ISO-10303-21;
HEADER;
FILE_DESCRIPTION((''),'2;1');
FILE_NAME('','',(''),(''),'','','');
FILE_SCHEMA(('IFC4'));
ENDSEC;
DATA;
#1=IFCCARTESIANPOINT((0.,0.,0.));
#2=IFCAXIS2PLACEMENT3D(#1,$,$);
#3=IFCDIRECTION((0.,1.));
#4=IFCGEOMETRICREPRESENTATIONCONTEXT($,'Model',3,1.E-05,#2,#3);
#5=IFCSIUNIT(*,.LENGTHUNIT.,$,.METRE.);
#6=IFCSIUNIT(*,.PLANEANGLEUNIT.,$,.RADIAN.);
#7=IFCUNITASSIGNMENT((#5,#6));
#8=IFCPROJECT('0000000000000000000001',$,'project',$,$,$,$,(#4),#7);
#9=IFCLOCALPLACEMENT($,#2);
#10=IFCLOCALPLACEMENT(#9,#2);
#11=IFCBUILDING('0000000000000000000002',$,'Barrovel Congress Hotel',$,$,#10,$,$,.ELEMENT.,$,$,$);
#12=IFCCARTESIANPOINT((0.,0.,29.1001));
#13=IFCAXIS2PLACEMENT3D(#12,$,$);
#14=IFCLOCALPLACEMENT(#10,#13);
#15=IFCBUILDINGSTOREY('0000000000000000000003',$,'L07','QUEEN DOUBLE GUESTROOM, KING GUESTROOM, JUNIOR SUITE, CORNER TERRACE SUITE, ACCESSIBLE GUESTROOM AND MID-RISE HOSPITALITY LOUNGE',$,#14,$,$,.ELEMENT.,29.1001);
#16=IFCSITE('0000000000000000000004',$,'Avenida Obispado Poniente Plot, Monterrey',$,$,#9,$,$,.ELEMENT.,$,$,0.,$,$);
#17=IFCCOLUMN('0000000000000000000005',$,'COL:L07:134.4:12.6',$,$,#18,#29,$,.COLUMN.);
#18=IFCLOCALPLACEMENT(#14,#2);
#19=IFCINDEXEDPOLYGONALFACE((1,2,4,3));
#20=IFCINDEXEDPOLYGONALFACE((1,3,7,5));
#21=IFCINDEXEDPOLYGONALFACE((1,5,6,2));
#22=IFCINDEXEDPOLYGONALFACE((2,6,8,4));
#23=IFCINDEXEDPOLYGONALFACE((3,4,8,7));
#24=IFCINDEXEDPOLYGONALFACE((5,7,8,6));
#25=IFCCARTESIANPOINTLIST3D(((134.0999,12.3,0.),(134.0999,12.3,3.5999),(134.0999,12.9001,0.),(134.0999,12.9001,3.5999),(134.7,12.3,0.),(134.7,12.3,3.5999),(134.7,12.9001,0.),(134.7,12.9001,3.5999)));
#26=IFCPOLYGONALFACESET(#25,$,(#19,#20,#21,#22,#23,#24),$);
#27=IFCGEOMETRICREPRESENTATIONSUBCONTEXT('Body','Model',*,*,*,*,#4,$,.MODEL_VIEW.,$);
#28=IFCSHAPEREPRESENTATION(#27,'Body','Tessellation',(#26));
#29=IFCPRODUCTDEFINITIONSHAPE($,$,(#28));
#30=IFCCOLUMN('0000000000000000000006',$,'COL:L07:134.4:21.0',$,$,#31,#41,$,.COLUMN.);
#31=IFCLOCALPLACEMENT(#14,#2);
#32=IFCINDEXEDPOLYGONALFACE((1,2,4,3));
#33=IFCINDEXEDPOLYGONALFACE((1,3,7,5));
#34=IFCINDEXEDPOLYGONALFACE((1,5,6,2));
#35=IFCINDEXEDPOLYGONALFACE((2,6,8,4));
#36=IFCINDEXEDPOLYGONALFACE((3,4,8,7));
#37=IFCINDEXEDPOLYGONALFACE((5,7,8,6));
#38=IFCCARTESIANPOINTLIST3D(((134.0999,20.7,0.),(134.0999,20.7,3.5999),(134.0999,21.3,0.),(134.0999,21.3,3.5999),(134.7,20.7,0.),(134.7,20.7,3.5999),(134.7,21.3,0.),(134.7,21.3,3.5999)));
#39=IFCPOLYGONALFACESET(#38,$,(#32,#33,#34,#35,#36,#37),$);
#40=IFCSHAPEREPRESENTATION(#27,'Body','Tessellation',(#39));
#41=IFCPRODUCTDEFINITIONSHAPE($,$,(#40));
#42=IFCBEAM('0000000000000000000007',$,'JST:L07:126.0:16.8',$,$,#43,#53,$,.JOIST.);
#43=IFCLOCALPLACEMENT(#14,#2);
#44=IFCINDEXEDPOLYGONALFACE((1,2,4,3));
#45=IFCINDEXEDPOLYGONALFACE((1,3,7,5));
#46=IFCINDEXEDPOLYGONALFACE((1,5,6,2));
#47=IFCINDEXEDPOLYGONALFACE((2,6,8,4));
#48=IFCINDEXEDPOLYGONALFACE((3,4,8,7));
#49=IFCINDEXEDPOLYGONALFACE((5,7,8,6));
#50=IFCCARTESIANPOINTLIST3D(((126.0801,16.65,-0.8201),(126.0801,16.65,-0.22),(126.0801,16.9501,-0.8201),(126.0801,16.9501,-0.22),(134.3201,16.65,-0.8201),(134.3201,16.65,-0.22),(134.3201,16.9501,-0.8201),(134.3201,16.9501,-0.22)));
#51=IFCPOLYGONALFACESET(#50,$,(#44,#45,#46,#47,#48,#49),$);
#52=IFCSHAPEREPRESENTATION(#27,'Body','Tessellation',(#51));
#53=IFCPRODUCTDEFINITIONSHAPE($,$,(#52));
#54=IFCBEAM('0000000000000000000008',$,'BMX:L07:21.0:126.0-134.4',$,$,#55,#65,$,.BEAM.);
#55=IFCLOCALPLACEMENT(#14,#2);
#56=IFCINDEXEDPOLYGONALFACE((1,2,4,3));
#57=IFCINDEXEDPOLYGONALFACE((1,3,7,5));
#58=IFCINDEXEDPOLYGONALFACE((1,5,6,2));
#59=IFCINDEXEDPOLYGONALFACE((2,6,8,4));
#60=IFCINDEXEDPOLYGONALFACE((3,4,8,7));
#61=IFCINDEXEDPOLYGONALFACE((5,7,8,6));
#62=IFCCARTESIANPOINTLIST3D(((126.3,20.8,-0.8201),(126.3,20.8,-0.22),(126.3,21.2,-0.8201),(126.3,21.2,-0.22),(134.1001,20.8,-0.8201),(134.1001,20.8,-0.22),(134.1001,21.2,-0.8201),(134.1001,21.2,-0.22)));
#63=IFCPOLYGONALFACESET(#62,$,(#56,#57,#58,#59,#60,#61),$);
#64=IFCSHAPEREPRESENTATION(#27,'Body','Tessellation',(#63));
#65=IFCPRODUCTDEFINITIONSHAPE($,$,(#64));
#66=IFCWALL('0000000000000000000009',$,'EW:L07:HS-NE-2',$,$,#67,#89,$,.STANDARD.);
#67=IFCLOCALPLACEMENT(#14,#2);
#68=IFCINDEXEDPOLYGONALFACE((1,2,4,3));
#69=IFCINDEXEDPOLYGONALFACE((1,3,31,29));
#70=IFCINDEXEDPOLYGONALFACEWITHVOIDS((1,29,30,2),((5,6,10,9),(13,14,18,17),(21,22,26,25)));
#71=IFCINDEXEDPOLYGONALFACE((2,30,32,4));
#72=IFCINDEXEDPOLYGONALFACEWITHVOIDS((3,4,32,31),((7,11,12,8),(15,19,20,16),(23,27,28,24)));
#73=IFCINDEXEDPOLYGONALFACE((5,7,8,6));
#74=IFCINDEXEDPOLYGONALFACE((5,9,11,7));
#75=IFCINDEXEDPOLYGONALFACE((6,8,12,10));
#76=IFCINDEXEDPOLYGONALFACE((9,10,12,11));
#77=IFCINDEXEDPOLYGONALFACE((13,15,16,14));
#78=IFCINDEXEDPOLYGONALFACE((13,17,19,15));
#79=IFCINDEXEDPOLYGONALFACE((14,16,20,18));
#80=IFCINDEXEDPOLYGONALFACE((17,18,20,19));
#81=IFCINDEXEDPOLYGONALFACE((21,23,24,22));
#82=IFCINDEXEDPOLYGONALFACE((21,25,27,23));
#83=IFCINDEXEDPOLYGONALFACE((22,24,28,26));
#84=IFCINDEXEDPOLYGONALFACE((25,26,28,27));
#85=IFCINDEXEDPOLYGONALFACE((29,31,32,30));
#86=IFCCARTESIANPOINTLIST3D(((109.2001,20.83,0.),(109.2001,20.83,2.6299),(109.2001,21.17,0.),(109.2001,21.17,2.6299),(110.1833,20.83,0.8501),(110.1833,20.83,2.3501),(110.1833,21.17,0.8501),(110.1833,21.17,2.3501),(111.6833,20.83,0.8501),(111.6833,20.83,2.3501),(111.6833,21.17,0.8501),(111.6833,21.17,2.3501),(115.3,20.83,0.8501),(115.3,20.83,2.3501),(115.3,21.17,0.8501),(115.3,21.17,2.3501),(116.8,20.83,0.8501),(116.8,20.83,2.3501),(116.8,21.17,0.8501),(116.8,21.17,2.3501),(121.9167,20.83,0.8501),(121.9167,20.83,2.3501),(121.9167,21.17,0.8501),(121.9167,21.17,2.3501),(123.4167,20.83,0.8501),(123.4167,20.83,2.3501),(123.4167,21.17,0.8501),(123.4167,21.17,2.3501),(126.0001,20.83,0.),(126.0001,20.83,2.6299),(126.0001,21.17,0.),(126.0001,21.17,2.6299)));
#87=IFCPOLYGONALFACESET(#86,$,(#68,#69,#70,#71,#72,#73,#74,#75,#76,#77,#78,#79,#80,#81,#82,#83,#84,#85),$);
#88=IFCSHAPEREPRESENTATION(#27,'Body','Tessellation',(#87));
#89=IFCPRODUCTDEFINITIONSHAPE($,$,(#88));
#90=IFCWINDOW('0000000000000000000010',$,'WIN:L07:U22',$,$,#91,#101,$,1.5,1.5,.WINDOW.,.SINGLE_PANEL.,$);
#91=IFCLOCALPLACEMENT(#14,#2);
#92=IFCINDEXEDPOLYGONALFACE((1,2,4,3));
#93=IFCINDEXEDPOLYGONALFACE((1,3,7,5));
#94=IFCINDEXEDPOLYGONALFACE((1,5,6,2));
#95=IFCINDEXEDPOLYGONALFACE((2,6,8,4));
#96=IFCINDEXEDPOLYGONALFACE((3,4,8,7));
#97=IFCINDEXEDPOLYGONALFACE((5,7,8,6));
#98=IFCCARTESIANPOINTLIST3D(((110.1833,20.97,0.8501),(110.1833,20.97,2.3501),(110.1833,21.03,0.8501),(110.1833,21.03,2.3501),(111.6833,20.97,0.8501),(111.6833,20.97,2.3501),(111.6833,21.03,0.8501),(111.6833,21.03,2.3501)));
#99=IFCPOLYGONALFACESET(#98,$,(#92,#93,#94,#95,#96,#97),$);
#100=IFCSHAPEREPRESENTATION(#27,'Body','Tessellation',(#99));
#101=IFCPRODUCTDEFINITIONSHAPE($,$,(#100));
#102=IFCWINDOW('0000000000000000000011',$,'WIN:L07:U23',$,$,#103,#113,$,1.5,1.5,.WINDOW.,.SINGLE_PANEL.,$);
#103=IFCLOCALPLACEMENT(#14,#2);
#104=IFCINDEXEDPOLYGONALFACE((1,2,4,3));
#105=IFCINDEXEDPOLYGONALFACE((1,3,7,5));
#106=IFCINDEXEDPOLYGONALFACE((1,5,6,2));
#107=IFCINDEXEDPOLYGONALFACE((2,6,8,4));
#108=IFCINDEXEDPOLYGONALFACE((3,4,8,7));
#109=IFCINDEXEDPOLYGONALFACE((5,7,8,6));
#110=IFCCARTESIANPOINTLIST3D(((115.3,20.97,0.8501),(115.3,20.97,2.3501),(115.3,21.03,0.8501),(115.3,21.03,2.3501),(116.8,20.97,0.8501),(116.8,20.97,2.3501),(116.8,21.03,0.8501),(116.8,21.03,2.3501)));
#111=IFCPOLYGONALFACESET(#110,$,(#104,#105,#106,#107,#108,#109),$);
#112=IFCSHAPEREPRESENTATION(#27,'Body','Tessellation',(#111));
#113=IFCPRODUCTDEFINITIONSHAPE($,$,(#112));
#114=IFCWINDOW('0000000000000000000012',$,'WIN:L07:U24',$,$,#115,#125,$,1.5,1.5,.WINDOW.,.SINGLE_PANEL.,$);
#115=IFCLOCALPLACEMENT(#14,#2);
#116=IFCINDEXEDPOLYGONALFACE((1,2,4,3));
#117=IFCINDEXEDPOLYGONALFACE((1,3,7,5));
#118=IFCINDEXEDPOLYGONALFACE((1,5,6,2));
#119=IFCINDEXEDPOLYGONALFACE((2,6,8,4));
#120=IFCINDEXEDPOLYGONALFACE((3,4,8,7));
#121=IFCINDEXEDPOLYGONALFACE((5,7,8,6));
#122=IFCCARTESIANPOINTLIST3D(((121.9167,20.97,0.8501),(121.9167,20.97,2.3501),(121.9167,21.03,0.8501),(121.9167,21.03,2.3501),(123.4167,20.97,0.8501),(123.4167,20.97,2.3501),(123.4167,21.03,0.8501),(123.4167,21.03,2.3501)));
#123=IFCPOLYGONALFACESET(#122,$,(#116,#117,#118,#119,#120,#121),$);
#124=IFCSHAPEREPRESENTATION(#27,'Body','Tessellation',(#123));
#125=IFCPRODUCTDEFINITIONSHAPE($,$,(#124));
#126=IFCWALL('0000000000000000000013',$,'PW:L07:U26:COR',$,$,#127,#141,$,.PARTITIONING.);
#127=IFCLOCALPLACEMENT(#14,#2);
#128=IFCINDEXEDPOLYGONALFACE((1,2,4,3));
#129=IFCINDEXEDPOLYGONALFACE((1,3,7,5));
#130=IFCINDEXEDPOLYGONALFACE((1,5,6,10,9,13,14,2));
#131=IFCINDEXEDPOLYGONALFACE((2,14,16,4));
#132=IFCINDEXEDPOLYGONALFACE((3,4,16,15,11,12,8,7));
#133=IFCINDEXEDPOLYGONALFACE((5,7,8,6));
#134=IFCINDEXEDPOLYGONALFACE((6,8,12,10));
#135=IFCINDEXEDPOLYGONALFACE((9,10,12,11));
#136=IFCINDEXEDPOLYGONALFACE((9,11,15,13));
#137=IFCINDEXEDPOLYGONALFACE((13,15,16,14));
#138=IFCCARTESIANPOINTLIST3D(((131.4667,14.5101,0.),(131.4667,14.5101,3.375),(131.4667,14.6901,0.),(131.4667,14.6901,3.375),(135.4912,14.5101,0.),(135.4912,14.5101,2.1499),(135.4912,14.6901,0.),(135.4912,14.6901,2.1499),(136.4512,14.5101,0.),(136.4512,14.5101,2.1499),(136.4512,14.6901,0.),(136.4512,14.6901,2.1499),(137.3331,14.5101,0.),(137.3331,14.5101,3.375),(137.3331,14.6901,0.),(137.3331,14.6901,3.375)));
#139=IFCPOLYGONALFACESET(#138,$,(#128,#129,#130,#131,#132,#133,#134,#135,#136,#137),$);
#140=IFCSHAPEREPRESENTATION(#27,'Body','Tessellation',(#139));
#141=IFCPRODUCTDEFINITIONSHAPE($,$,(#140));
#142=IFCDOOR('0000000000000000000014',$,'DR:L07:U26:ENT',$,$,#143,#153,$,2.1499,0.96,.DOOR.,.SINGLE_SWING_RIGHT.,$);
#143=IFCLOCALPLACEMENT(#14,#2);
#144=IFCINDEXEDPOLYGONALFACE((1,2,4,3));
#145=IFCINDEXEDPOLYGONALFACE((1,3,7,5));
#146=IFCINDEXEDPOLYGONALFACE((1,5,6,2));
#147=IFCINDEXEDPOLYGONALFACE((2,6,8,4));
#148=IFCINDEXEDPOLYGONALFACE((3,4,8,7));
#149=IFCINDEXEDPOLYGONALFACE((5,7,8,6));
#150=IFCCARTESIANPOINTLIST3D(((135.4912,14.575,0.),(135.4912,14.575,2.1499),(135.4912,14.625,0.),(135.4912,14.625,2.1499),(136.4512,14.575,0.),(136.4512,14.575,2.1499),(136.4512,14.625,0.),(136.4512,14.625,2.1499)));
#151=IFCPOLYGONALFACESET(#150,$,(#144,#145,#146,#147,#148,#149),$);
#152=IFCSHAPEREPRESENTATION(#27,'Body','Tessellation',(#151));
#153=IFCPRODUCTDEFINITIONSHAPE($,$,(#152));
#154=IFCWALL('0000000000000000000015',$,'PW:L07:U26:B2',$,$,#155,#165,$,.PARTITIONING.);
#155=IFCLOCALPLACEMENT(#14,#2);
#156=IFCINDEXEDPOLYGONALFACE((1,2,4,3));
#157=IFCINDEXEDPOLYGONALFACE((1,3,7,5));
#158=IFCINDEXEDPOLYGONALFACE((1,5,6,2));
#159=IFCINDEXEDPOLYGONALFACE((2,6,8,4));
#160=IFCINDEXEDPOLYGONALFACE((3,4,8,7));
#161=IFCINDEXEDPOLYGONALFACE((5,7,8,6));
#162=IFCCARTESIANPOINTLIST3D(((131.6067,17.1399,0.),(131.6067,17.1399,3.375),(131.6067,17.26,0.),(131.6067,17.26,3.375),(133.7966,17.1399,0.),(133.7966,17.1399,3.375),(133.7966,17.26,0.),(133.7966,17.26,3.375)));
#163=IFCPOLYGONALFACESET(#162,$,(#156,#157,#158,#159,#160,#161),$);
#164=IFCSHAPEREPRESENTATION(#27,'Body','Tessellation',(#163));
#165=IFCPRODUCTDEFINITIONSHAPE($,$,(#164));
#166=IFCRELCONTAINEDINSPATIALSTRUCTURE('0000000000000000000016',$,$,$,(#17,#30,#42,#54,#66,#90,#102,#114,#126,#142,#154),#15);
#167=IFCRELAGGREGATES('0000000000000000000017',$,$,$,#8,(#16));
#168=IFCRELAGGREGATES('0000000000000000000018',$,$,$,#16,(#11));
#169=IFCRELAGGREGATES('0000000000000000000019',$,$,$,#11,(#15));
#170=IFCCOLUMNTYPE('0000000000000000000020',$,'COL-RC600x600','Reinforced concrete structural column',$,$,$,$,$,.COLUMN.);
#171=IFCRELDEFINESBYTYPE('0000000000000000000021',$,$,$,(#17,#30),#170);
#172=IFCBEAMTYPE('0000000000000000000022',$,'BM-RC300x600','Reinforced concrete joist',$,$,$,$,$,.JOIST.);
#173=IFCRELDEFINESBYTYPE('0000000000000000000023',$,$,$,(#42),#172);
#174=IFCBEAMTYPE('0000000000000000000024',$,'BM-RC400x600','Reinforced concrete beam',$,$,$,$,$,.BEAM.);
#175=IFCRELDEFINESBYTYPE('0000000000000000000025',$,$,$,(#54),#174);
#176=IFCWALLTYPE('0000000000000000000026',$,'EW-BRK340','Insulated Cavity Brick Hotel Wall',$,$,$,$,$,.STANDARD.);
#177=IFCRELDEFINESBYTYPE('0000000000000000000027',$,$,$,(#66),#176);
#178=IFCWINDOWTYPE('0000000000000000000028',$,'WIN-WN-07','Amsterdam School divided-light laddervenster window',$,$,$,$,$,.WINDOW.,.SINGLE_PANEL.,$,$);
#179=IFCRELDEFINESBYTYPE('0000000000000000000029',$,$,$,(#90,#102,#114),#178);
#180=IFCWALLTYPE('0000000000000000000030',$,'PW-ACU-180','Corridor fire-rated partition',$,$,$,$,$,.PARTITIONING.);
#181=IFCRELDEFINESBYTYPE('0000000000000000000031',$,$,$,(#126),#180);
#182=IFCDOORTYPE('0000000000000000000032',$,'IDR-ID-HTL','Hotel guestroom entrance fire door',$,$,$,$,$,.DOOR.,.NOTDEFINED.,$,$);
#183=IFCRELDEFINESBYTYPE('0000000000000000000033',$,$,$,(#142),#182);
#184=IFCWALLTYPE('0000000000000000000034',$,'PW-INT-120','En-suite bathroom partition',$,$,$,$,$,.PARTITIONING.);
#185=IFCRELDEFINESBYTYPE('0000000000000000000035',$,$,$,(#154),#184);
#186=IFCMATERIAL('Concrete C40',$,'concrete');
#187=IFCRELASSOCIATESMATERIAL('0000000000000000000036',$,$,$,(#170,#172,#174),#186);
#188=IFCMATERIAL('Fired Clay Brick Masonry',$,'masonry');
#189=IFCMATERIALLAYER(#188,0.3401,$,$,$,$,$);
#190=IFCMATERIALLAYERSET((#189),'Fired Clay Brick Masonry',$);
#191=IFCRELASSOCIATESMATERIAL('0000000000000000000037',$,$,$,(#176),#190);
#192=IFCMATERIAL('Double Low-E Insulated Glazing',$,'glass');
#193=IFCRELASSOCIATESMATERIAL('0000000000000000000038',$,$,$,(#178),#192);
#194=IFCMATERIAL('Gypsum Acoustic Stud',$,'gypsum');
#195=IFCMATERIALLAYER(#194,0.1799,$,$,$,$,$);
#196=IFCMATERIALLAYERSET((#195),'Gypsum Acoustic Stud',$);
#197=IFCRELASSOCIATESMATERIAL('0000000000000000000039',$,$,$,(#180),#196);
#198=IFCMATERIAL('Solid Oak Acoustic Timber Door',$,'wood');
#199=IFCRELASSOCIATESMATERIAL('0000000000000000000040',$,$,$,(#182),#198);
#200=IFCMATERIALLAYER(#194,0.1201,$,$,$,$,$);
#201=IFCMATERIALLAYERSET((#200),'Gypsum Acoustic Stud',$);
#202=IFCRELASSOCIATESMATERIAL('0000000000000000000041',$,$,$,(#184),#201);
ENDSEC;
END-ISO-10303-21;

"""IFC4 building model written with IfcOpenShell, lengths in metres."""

from ifc_helpers import new_model, si_unit, direction, frame, frame_2d, origin, origin_2d, place, context, subcontext, project, spatial, rectangle, extrude, material, layer, layer_set, material_profile, profile_set, type_object, element, fill, save


model = new_model("IFC4")

# Units and contexts
model_context = context("Model", 3, precision=1e-05, world=origin(), true_north=direction((0.0, 1.0)))
body_context = subcontext(model_context, "Body", "Model", "MODEL_VIEW")
ifc_project = project(units=[si_unit("LENGTHUNIT", "METRE"), si_unit("PLANEANGLEUNIT", "RADIAN")], contexts=[model_context])

# Site, building, storey
site_placement = place(None, origin())
site = spatial("IfcSite", under=ifc_project, at=site_placement, Name="Avenida Obispado Poniente Plot, Monterrey", CompositionType="ELEMENT", RefElevation=0.0)
building_placement = place(site_placement, origin())
building = spatial("IfcBuilding", under=site, at=building_placement, Name="Barrovel Congress Hotel", CompositionType="ELEMENT")
storey_placement = place(building_placement, frame((0.0, 0.0, 29.1001)))
storey = spatial("IfcBuildingStorey", under=building, at=storey_placement, Name="L07", Description="QUEEN DOUBLE GUESTROOM, KING GUESTROOM, JUNIOR SUITE, CORNER TERRACE SUITE, ACCESSIBLE GUESTROOM AND MID-RISE HOSPITALITY LOUNGE", CompositionType="ELEMENT", Elevation=29.1001)

# Columns
ifc_material_1 = material(Name="Concrete C40", Category="concrete")
ifc_material_profile_1 = material_profile(ifc_material_1, rectangle(XDim=0.6001, YDim=0.6001, at=origin_2d()), Name="RC600x600")
ifc_profile_set_1 = profile_set([ifc_material_profile_1], Name="Concrete C40")
column_type = type_object("IfcColumnType", Name="COL-RC600x600", Description="Reinforced concrete structural column", PredefinedType="COLUMN", material=ifc_profile_set_1)
for number, where, z_axis, x_axis, name in (
    (1, (134.3999, 12.6001, 0.0), (0.0, 0.0, 1.0), (1.0, 0.0, 0.0), "COL:L07:134.4:12.6"),
    (2, (134.3999, 21.0, 0.0), (0.0, 0.0, 1.0), (1.0, 0.0, 0.0), "COL:L07:134.4:21.0"),
):
    element("IfcColumn", number, at=place(storey_placement, frame(where, z_axis=z_axis, x_axis=x_axis)), inside=storey, type_object=column_type, Name=name, PredefinedType="COLUMN", context=body_context, shape_type="SweptSolid", body=[
        extrude(rectangle(XDim=0.6001, YDim=0.6001, at=origin_2d()), origin(), (0.0, 0.0, 1.0), 3.5999),
    ])

# Beams
ifc_material_profile_2 = material_profile(ifc_material_1, rectangle(XDim=0.3, YDim=0.6001, at=origin_2d()), Name="RC300x600")
ifc_profile_set_2 = profile_set([ifc_material_profile_2], Name="Concrete C40")
beam_type_1 = type_object("IfcBeamType", Name="BM-RC300x600", Description="Reinforced concrete joist", PredefinedType="JOIST", material=ifc_profile_set_2)
beam_1_placement = place(storey_placement, frame((126.0801, 16.8, -0.52), z_axis=(1.0, 0.0, 0.0), x_axis=(0.0, 1.0, 0.0)))
element("IfcBeam", 3, at=beam_1_placement, inside=storey, type_object=beam_type_1, Name="JST:L07:126.0:16.8", PredefinedType="JOIST", context=body_context, shape_type="SweptSolid", body=[
    extrude(rectangle(XDim=0.3, YDim=0.6001, at=origin_2d()), origin(), (0.0, 0.0, 1.0), 8.24),
])
ifc_material_profile_3 = material_profile(ifc_material_1, rectangle(XDim=0.3999, YDim=0.6001, at=origin_2d()), Name="RC400x600")
ifc_profile_set_3 = profile_set([ifc_material_profile_3], Name="Concrete C40")
beam_type_2 = type_object("IfcBeamType", Name="BM-RC400x600", Description="Reinforced concrete beam", PredefinedType="BEAM", material=ifc_profile_set_3)
beam_2_placement = place(storey_placement, frame((126.3, 21.0, -0.52), z_axis=(1.0, 0.0, 0.0), x_axis=(0.0, 1.0, 0.0)))
element("IfcBeam", 4, at=beam_2_placement, inside=storey, type_object=beam_type_2, Name="BMX:L07:21.0:126.0-134.4", PredefinedType="BEAM", context=body_context, shape_type="SweptSolid", body=[
    extrude(rectangle(XDim=0.3999, YDim=0.6001, at=origin_2d()), origin(), (0.0, 0.0, 1.0), 7.8),
])

# Wall, openings, windows
ifc_material_2 = material(Name="Fired Clay Brick Masonry", Category="masonry")
ifc_layer_1 = layer(ifc_material_2, 0.3401)
ifc_layer_set_1 = layer_set([ifc_layer_1], Name="Fired Clay Brick Masonry")
wall_type_1 = type_object("IfcWallType", Name="EW-BRK340", Description="Insulated Cavity Brick Hotel Wall", PredefinedType="STANDARD", material=ifc_layer_set_1)
wall_1_placement = place(storey_placement, frame((126.0, 21.0, 0.0), z_axis=(0.0, 0.0, 1.0), x_axis=(-1.0, 0.0, 0.0)))
wall_1 = element("IfcWall", 5, at=wall_1_placement, inside=storey, type_object=wall_type_1, Name="EW:L07:HS-NE-2", PredefinedType="STANDARD", context=body_context, shape_type="SweptSolid", body=[
    extrude(rectangle(XDim=16.8, YDim=0.3401, at=frame_2d((8.3999, 0.0))), origin(), (0.0, 0.0, 1.0), 2.6299),
])
opening_1_placement = place(wall_1_placement, frame((14.3167, 0.0, 0.8501)))
opening_1 = element("IfcOpeningElement", 6, at=opening_1_placement, cuts=wall_1, PredefinedType="OPENING", context=body_context, shape_type="SweptSolid", body=[
    extrude(rectangle(XDim=1.5, YDim=1.5, at=frame_2d((0.75, 0.75))), frame((0.0, 0.1802, 0.0), z_axis=(0.0, -1.0, 0.0), x_axis=(1.0, 0.0, 0.0)), (0.0, 0.0, 1.0), 0.3601),
])
opening_2_placement = place(wall_1_placement, frame((9.2, 0.0, 0.8501)))
opening_2 = element("IfcOpeningElement", 7, at=opening_2_placement, cuts=wall_1, PredefinedType="OPENING", context=body_context, shape_type="SweptSolid", body=[
    extrude(rectangle(XDim=1.5, YDim=1.5, at=frame_2d((0.75, 0.75))), frame((0.0, 0.1802, 0.0), z_axis=(0.0, -1.0, 0.0), x_axis=(1.0, 0.0, 0.0)), (0.0, 0.0, 1.0), 0.3601),
])
opening_3_placement = place(wall_1_placement, frame((2.5833, 0.0, 0.8501)))
opening_3 = element("IfcOpeningElement", 8, at=opening_3_placement, cuts=wall_1, PredefinedType="OPENING", context=body_context, shape_type="SweptSolid", body=[
    extrude(rectangle(XDim=1.5, YDim=1.5, at=frame_2d((0.75, 0.75))), frame((0.0, 0.1802, 0.0), z_axis=(0.0, -1.0, 0.0), x_axis=(1.0, 0.0, 0.0)), (0.0, 0.0, 1.0), 0.3601),
])
ifc_material_3 = material(Name="Double Low-E Insulated Glazing", Category="glass")
window_type = type_object("IfcWindowType", Name="WIN-WN-07", Description="Amsterdam School divided-light laddervenster window", PartitioningType="SINGLE_PANEL", PredefinedType="WINDOW", material=ifc_material_3)
window_1_placement = place(opening_1_placement, origin())
window_1 = element("IfcWindow", 9, at=window_1_placement, inside=storey, type_object=window_type, Name="WIN:L07:U22", OverallHeight=1.5, OverallWidth=1.5, PartitioningType="SINGLE_PANEL", PredefinedType="WINDOW", context=body_context, shape_type="SweptSolid", body=[
    extrude(rectangle(XDim=1.5, YDim=1.5, at=frame_2d((0.75, 0.75))), frame((0.0, 0.03, 0.0), z_axis=(0.0, -1.0, 0.0), x_axis=(1.0, 0.0, 0.0)), (0.0, 0.0, 1.0), 0.0601),
])
fill(opening_1, window_1)
window_2_placement = place(opening_2_placement, origin())
window_2 = element("IfcWindow", 10, at=window_2_placement, inside=storey, type_object=window_type, Name="WIN:L07:U23", OverallHeight=1.5, OverallWidth=1.5, PartitioningType="SINGLE_PANEL", PredefinedType="WINDOW", context=body_context, shape_type="SweptSolid", body=[
    extrude(rectangle(XDim=1.5, YDim=1.5, at=frame_2d((0.75, 0.75))), frame((0.0, 0.03, 0.0), z_axis=(0.0, -1.0, 0.0), x_axis=(1.0, 0.0, 0.0)), (0.0, 0.0, 1.0), 0.0601),
])
fill(opening_2, window_2)
window_3_placement = place(opening_3_placement, origin())
window_3 = element("IfcWindow", 11, at=window_3_placement, inside=storey, type_object=window_type, Name="WIN:L07:U24", OverallHeight=1.5, OverallWidth=1.5, PartitioningType="SINGLE_PANEL", PredefinedType="WINDOW", context=body_context, shape_type="SweptSolid", body=[
    extrude(rectangle(XDim=1.5, YDim=1.5, at=frame_2d((0.75, 0.75))), frame((0.0, 0.03, 0.0), z_axis=(0.0, -1.0, 0.0), x_axis=(1.0, 0.0, 0.0)), (0.0, 0.0, 1.0), 0.0601),
])
fill(opening_3, window_3)

# Wall, opening, door
ifc_material_4 = material(Name="Gypsum Acoustic Stud", Category="gypsum")
ifc_layer_2 = layer(ifc_material_4, 0.1799)
ifc_layer_set_2 = layer_set([ifc_layer_2], Name="Gypsum Acoustic Stud")
wall_type_2 = type_object("IfcWallType", Name="PW-ACU-180", Description="Corridor fire-rated partition", PredefinedType="PARTITIONING", material=ifc_layer_set_2)
wall_2_placement = place(storey_placement, frame((131.4668, 14.6001, 0.0), z_axis=(0.0, 0.0, 1.0), x_axis=(1.0, 0.0, 0.0)))
wall_2 = element("IfcWall", 12, at=wall_2_placement, inside=storey, type_object=wall_type_2, Name="PW:L07:U26:COR", PredefinedType="PARTITIONING", context=body_context, shape_type="SweptSolid", body=[
    extrude(rectangle(XDim=5.8665, YDim=0.1799, at=frame_2d((2.9331, 0.0))), origin(), (0.0, 0.0, 1.0), 3.375),
])
opening_4_placement = place(wall_2_placement, frame((4.0244, 0.0, 0.0)))
opening_4 = element("IfcOpeningElement", 13, at=opening_4_placement, cuts=wall_2, PredefinedType="OPENING", context=body_context, shape_type="SweptSolid", body=[
    extrude(rectangle(XDim=0.96, YDim=2.1499, at=frame_2d((0.48, 1.075))), frame((0.0, 0.1001, 0.0), z_axis=(0.0, -1.0, 0.0), x_axis=(1.0, 0.0, 0.0)), (0.0, 0.0, 1.0), 0.2),
])
ifc_material_5 = material(Name="Solid Oak Acoustic Timber Door", Category="wood")
door_type_1 = type_object("IfcDoorType", Name="IDR-ID-HTL", Description="Hotel guestroom entrance fire door", OperationType="NOTDEFINED", PredefinedType="DOOR", material=ifc_material_5)
door_1_placement = place(opening_4_placement, origin())
door_1 = element("IfcDoor", 14, at=door_1_placement, inside=storey, type_object=door_type_1, Name="DR:L07:U26:ENT", OperationType="SINGLE_SWING_RIGHT", OverallHeight=2.1499, OverallWidth=0.96, PredefinedType="DOOR", context=body_context, shape_type="SweptSolid", body=[
    extrude(rectangle(XDim=0.96, YDim=2.1499, at=frame_2d((0.48, 1.075))), frame((0.0, 0.0249, 0.0), z_axis=(0.0, -1.0, 0.0), x_axis=(1.0, 0.0, 0.0)), (0.0, 0.0, 1.0), 0.05),
])
fill(opening_4, door_1)

# Wall
ifc_layer_3 = layer(ifc_material_4, 0.1201)
ifc_layer_set_3 = layer_set([ifc_layer_3], Name="Gypsum Acoustic Stud")
wall_type_3 = type_object("IfcWallType", Name="PW-INT-120", Description="En-suite bathroom partition", PredefinedType="PARTITIONING", material=ifc_layer_set_3)
wall_3_placement = place(storey_placement, frame((131.6067, 17.2, 0.0), z_axis=(0.0, 0.0, 1.0), x_axis=(1.0, 0.0, 0.0)))
element("IfcWall", 15, at=wall_3_placement, inside=storey, type_object=wall_type_3, Name="PW:L07:U26:B2", PredefinedType="PARTITIONING", context=body_context, shape_type="SweptSolid", body=[
    extrude(rectangle(XDim=2.1899, YDim=0.1201, at=frame_2d((1.095, 0.0))), origin(), (0.0, 0.0, 1.0), 3.375),
])

save(model, "model.ifc")
